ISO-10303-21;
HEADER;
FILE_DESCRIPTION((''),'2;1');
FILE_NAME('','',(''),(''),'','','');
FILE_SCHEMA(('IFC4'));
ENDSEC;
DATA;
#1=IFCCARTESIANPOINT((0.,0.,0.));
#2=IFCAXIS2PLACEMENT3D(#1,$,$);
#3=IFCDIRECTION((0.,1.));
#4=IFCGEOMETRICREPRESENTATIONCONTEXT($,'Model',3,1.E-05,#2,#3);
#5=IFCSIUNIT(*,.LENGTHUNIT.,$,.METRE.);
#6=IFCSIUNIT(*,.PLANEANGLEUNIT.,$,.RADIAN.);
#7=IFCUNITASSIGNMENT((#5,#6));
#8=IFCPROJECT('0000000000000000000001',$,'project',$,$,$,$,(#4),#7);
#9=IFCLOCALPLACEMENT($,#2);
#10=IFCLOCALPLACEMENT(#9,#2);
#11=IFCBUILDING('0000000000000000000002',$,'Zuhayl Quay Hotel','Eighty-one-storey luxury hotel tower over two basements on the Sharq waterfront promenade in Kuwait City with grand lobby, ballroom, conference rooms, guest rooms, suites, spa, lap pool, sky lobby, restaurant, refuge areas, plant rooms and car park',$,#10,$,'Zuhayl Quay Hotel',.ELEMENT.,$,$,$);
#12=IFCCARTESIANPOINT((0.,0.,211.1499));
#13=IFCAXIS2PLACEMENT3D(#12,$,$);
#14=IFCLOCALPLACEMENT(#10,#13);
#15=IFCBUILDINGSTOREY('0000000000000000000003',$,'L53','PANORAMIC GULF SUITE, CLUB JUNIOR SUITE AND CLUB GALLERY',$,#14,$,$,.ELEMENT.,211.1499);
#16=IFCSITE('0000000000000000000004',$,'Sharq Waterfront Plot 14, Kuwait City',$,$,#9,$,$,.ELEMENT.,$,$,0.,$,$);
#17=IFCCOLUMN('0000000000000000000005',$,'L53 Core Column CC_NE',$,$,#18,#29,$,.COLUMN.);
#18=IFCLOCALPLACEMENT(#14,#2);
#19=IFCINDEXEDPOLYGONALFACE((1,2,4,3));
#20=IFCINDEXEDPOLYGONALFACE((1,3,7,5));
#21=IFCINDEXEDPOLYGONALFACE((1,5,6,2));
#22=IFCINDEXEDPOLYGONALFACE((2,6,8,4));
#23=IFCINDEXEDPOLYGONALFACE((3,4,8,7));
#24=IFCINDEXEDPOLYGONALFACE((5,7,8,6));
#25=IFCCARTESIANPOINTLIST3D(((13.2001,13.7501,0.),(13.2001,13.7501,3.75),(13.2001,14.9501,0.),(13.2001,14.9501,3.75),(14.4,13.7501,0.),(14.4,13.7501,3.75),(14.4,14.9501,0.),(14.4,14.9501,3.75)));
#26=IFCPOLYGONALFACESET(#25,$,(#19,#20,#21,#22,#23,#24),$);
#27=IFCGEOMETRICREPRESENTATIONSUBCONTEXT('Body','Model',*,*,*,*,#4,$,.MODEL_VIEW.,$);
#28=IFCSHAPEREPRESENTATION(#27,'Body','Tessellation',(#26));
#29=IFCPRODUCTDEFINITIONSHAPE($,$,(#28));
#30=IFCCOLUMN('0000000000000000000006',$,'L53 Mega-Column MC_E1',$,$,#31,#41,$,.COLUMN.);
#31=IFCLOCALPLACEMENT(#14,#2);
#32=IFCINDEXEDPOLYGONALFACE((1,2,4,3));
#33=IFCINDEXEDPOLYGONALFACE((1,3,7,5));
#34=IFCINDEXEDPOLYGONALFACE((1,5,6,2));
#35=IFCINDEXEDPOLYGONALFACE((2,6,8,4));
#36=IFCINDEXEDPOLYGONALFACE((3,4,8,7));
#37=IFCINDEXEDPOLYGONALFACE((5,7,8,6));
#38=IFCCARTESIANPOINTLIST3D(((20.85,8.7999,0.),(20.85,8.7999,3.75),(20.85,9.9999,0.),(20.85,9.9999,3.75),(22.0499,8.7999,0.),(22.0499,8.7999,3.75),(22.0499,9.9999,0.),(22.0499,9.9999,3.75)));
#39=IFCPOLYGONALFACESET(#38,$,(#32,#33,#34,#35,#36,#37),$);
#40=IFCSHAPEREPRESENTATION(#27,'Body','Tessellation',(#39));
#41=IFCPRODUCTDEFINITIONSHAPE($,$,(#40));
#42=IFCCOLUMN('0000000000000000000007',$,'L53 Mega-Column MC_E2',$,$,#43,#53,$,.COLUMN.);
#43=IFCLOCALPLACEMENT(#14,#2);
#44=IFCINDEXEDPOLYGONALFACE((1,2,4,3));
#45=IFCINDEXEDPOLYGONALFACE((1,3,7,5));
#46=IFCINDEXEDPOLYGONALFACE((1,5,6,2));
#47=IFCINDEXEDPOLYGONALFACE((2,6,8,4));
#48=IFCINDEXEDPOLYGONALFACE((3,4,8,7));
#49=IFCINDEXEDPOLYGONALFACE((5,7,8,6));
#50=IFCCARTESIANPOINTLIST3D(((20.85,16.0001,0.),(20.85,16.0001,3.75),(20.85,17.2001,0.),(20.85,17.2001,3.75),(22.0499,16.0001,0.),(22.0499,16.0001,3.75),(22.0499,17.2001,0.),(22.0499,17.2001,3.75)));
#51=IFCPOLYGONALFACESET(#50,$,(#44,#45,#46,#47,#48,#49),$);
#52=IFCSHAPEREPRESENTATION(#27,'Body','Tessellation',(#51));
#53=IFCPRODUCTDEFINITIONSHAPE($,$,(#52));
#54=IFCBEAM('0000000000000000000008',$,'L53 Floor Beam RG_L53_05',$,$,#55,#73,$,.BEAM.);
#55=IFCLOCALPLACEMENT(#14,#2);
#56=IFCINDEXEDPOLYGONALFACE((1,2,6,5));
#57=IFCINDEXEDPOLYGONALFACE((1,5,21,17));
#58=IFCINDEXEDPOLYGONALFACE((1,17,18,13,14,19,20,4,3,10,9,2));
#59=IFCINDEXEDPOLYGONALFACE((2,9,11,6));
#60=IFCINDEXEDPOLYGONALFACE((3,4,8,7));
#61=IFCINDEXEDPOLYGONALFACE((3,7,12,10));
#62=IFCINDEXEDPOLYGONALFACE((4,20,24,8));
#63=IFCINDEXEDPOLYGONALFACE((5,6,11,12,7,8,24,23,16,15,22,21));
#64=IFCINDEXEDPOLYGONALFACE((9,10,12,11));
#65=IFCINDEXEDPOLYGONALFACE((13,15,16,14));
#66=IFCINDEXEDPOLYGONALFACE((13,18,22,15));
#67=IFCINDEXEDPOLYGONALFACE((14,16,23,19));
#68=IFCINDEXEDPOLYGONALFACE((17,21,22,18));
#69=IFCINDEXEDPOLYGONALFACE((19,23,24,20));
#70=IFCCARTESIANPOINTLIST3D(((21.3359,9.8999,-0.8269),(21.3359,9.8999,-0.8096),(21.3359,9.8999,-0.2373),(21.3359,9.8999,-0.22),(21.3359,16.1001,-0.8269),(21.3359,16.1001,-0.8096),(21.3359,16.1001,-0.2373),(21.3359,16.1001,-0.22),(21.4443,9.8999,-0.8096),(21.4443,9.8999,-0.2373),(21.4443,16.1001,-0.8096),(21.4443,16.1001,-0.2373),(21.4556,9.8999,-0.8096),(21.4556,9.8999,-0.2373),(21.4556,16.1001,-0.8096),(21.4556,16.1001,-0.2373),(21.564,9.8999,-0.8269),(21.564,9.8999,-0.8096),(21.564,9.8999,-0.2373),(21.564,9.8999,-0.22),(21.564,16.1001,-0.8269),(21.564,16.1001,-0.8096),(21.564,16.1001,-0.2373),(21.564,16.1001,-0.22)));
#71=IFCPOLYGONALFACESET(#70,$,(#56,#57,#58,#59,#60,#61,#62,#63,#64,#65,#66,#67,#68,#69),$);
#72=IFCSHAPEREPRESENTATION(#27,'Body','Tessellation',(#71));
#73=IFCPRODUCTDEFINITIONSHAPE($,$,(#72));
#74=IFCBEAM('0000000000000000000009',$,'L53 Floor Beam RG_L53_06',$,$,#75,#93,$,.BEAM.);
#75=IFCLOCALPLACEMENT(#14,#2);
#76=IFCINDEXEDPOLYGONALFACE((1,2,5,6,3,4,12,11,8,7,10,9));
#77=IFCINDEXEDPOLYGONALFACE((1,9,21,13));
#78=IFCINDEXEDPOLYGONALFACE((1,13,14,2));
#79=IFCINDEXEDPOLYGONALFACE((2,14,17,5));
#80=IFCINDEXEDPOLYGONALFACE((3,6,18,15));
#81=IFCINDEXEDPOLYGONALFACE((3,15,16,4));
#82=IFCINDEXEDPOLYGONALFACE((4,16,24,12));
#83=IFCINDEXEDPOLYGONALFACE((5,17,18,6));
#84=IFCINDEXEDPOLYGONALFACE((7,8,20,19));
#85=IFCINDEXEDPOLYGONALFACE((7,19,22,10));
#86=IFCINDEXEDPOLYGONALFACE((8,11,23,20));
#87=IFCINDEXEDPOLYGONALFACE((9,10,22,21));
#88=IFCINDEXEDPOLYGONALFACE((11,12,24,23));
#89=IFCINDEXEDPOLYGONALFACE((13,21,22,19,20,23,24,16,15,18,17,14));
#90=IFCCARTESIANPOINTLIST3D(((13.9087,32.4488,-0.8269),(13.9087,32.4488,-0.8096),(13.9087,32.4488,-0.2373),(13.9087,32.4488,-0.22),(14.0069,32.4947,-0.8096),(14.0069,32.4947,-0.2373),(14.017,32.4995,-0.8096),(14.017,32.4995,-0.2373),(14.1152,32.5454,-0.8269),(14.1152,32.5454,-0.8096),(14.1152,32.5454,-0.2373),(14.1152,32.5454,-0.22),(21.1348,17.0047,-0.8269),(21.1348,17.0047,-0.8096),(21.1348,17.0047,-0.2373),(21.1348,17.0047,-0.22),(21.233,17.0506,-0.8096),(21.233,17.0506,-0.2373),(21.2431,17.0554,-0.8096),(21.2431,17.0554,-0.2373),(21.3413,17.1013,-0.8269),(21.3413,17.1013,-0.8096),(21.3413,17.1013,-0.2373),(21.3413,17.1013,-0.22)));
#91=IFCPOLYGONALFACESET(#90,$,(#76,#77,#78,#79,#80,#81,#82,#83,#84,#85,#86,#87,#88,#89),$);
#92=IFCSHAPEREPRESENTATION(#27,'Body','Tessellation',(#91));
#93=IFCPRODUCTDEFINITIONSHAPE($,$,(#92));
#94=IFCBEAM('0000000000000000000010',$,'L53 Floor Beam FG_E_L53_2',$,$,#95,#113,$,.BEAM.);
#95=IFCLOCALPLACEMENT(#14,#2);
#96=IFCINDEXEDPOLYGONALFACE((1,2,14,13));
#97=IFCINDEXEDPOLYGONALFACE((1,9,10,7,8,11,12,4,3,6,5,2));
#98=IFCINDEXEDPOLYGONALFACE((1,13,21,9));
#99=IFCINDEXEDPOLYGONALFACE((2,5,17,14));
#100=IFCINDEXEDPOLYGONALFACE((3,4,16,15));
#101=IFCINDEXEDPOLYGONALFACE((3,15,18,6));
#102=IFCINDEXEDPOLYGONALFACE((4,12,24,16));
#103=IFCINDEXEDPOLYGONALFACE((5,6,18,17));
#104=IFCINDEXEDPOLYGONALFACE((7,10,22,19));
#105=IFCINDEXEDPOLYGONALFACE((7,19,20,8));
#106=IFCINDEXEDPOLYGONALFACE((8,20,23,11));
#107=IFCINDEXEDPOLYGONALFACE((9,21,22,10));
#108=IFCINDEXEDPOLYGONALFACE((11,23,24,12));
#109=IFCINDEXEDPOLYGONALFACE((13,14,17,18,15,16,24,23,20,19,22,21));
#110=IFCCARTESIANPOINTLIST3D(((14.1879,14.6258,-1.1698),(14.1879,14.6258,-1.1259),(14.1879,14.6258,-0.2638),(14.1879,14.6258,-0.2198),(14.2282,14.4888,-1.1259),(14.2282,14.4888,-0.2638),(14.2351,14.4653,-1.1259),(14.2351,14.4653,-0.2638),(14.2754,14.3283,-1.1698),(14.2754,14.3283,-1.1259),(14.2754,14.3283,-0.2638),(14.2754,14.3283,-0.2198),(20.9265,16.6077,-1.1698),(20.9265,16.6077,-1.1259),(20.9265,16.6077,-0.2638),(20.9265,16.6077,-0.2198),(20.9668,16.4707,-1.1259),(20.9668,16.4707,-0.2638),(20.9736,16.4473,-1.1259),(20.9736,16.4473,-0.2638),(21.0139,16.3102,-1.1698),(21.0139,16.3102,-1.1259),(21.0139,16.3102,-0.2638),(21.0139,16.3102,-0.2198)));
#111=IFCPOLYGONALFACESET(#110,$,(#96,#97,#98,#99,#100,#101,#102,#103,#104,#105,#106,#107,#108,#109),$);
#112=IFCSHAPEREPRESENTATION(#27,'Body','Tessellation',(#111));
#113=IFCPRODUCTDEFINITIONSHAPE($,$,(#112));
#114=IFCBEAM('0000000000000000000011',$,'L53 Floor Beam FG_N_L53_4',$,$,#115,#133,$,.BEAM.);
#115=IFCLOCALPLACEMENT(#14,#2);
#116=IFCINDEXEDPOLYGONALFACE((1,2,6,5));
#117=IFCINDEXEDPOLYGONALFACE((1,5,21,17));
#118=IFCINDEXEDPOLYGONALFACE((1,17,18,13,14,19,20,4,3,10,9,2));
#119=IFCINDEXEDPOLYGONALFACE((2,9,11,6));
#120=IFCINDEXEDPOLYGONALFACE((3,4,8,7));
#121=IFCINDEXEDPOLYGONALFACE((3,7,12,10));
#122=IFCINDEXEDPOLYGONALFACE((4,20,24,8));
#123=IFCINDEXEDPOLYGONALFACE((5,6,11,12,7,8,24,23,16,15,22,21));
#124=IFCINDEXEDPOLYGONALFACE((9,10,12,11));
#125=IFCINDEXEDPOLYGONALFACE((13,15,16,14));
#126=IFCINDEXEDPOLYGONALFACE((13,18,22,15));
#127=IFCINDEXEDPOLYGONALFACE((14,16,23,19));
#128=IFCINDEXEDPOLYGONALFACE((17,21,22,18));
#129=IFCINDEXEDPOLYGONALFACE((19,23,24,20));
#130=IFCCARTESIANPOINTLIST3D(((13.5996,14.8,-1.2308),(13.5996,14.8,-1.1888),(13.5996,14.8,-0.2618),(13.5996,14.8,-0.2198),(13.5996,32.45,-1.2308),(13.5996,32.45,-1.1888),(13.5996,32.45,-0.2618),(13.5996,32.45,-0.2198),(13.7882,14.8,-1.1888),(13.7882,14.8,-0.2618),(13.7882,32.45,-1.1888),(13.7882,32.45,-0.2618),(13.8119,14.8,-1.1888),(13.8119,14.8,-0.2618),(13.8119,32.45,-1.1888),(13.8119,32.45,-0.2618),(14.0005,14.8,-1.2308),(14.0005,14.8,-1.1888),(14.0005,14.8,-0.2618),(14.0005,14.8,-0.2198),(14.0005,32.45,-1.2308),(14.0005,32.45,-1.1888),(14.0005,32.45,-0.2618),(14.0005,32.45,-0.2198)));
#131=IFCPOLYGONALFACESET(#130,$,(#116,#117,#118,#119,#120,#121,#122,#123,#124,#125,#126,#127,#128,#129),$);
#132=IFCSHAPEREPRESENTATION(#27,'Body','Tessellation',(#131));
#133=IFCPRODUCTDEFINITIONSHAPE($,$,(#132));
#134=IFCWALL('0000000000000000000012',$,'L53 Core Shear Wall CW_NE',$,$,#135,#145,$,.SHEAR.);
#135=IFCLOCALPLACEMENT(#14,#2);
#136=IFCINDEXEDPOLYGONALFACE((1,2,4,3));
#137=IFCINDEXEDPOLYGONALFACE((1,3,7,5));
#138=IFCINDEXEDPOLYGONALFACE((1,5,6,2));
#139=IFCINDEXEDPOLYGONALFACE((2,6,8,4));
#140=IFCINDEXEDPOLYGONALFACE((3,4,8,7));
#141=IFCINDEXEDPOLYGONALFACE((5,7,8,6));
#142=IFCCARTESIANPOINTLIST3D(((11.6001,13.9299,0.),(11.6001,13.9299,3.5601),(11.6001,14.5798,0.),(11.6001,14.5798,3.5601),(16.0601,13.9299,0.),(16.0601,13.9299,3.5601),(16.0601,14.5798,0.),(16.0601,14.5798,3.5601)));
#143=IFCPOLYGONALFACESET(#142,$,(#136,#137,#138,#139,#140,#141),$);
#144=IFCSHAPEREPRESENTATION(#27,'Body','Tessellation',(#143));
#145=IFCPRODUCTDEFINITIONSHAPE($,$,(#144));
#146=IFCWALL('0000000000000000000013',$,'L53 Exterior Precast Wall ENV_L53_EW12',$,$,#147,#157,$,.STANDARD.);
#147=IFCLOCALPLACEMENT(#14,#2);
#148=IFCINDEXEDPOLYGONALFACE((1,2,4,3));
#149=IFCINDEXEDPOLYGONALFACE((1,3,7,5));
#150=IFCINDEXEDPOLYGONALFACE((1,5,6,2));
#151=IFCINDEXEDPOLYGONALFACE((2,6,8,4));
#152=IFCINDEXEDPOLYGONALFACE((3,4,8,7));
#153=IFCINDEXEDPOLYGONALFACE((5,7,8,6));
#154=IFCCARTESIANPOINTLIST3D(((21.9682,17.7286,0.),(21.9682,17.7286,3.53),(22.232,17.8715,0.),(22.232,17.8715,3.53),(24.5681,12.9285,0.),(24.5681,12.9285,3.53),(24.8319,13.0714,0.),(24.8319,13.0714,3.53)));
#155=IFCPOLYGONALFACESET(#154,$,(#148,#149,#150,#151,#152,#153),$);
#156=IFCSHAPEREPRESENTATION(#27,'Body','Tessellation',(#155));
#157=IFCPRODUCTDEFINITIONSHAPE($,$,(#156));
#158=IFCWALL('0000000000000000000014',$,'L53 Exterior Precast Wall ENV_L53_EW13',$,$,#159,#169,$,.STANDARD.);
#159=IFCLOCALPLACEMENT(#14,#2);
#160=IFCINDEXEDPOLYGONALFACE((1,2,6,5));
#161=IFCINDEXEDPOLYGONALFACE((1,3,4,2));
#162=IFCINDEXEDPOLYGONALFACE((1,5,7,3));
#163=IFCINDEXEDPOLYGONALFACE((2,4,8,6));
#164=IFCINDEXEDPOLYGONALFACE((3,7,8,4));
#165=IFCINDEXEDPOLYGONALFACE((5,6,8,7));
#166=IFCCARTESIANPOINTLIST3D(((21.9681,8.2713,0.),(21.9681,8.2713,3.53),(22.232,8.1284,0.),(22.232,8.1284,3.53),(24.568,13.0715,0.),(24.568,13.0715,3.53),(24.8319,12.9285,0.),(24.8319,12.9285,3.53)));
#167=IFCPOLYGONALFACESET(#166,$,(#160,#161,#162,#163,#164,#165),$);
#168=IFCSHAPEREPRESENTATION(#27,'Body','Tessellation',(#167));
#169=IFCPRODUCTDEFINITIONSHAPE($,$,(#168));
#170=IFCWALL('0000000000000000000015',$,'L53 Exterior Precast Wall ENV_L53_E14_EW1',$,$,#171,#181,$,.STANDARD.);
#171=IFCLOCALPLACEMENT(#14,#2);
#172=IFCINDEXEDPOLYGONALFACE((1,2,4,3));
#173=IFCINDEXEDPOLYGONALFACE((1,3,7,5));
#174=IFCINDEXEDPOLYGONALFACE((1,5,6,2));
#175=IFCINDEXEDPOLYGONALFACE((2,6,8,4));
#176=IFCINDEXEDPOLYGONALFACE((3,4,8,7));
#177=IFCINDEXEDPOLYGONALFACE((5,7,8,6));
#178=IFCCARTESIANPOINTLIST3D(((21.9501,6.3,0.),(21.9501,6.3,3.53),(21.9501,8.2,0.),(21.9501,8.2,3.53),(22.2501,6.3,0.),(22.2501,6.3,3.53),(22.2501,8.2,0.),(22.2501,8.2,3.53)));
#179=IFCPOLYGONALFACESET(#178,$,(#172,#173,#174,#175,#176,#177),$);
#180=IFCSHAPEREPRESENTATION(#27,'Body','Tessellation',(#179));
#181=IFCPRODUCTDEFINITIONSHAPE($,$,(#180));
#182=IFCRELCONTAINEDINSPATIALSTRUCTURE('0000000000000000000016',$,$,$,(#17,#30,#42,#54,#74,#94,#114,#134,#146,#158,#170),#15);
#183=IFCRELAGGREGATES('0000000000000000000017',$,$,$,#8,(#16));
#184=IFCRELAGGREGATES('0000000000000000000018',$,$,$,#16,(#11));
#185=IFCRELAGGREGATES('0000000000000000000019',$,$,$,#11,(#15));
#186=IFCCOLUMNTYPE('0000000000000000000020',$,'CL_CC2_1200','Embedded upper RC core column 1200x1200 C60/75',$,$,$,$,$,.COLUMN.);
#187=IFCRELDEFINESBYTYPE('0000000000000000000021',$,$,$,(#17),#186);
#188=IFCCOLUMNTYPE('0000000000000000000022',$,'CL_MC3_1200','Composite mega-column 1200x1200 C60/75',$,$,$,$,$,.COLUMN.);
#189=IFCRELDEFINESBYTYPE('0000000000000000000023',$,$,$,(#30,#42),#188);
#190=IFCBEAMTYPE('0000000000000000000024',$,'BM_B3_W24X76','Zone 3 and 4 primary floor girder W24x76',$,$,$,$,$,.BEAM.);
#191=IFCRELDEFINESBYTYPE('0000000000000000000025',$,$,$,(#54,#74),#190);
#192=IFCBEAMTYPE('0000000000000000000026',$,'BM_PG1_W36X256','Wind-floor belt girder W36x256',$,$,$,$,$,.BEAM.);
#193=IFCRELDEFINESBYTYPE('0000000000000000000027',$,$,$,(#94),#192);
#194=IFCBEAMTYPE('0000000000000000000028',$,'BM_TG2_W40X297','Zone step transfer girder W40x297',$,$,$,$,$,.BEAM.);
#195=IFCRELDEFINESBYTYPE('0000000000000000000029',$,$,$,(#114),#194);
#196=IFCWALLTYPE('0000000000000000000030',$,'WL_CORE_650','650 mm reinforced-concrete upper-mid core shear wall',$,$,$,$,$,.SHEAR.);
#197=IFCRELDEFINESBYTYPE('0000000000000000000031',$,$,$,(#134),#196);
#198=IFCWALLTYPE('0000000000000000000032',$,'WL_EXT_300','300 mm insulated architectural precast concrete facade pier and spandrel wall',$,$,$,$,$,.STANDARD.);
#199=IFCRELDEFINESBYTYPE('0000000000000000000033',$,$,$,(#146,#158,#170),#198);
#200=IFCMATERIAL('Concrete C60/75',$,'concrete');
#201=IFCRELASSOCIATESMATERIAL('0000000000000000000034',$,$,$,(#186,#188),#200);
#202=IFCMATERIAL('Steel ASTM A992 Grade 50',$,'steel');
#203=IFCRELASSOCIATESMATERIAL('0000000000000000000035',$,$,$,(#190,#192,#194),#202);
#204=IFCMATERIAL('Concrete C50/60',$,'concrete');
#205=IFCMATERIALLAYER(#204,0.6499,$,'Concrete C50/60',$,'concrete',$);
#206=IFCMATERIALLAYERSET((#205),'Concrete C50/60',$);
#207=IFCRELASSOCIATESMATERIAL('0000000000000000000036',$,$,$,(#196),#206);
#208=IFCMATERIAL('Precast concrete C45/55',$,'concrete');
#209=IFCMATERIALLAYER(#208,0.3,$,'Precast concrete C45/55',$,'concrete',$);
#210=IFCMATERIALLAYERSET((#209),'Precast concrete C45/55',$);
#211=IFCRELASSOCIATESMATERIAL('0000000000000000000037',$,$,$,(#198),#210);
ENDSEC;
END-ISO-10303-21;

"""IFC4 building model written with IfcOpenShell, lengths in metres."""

from ifc_helpers import new_model, si_unit, direction, frame, frame_2d, origin, origin_2d, place, context, subcontext, project, spatial, rectangle, i_section, extrude, material, layer, layer_set, material_profile, profile_set, type_object, element, save


model = new_model("IFC4")

# Units and contexts
model_context = context("Model", 3, precision=1e-05, world=origin(), true_north=direction((0.0, 1.0)))
body_context = subcontext(model_context, "Body", "Model", "MODEL_VIEW")
ifc_project = project(units=[si_unit("LENGTHUNIT", "METRE"), si_unit("PLANEANGLEUNIT", "RADIAN")], contexts=[model_context])

# Site, building, storey
site_placement = place(None, origin())
site = spatial("IfcSite", under=ifc_project, at=site_placement, Name="Sharq Waterfront Plot 14, Kuwait City", CompositionType="ELEMENT", RefElevation=0.0)
building_placement = place(site_placement, origin())
building = spatial("IfcBuilding", under=site, at=building_placement, Name="Zuhayl Quay Hotel", Description="Eighty-one-storey luxury hotel tower over two basements on the Sharq waterfront promenade in Kuwait City with grand lobby, ballroom, conference rooms, guest rooms, suites, spa, lap pool, sky lobby, restaurant, refuge areas, plant rooms and car park", LongName="Zuhayl Quay Hotel", CompositionType="ELEMENT")
storey_placement = place(building_placement, frame((0.0, 0.0, 211.1499)))
storey = spatial("IfcBuildingStorey", under=building, at=storey_placement, Name="L53", Description="PANORAMIC GULF SUITE, CLUB JUNIOR SUITE AND CLUB GALLERY", CompositionType="ELEMENT", Elevation=211.1499)

# Columns
ifc_material_1 = material(Name="Concrete C60/75", Category="concrete")
ifc_material_profile_1 = material_profile(ifc_material_1, rectangle(XDim=1.2, YDim=1.2, at=origin_2d()), Name="RC1200X1200")
ifc_profile_set_1 = profile_set([ifc_material_profile_1], Name="Concrete C60/75")
column_type_1 = type_object("IfcColumnType", Name="CL_CC2_1200", Description="Embedded upper RC core column 1200x1200 C60/75", PredefinedType="COLUMN", material=ifc_profile_set_1)
column_placement = place(storey_placement, frame((13.8, 14.3501, 0.0), z_axis=(0.0, 0.0, 1.0), x_axis=(1.0, 0.0, 0.0)))
element("IfcColumn", 1, at=column_placement, inside=storey, type_object=column_type_1, Name="L53 Core Column CC_NE", PredefinedType="COLUMN", context=body_context, shape_type="SweptSolid", body=[
    extrude(rectangle(XDim=1.2, YDim=1.2, at=origin_2d()), origin(), (0.0, 0.0, 1.0), 3.75),
])
ifc_material_profile_2 = material_profile(ifc_material_1, rectangle(XDim=1.2, YDim=1.2, at=origin_2d()), Name="RC1200X1200")
ifc_profile_set_2 = profile_set([ifc_material_profile_2], Name="Concrete C60/75")
column_type_2 = type_object("IfcColumnType", Name="CL_MC3_1200", Description="Composite mega-column 1200x1200 C60/75", PredefinedType="COLUMN", material=ifc_profile_set_2)
for number, where, z_axis, x_axis, name in (
    (2, (21.45, 9.3999, 0.0), (0.0, 0.0, 1.0), (1.0, 0.0, 0.0), "L53 Mega-Column MC_E1"),
    (3, (21.45, 16.6001, 0.0), (0.0, 0.0, 1.0), (1.0, 0.0, 0.0), "L53 Mega-Column MC_E2"),
):
    element("IfcColumn", number, at=place(storey_placement, frame(where, z_axis=z_axis, x_axis=x_axis)), inside=storey, type_object=column_type_2, Name=name, PredefinedType="COLUMN", context=body_context, shape_type="SweptSolid", body=[
        extrude(rectangle(XDim=1.2, YDim=1.2, at=origin_2d()), origin(), (0.0, 0.0, 1.0), 3.75),
    ])

# Beams
ifc_material_2 = material(Name="Steel ASTM A992 Grade 50", Category="steel")
ifc_material_profile_3 = material_profile(ifc_material_2, i_section(OverallWidth=0.228, OverallDepth=0.6069, WebThickness=0.0112, FlangeThickness=0.0173, at=origin_2d()), Name="W24X76")
ifc_profile_set_3 = profile_set([ifc_material_profile_3], Name="Steel ASTM A992 Grade 50")
beam_type_1 = type_object("IfcBeamType", Name="BM_B3_W24X76", Description="Zone 3 and 4 primary floor girder W24x76", PredefinedType="BEAM", material=ifc_profile_set_3)
beam_1_placement = place(storey_placement, frame((21.45, 9.8999, -0.5234), z_axis=(0.0, 1.0, 0.0), x_axis=(-1.0, 0.0, 0.0)))
element("IfcBeam", 4, at=beam_1_placement, inside=storey, type_object=beam_type_1, Name="L53 Floor Beam RG_L53_05", PredefinedType="BEAM", context=body_context, shape_type="SweptSolid", body=[
    extrude(i_section(OverallWidth=0.228, OverallDepth=0.6069, WebThickness=0.0112, FlangeThickness=0.0173, at=origin_2d()), origin(), (0.0, 0.0, 1.0), 6.2002),
])
beam_2_placement = place(storey_placement, frame((21.238, 17.053, -0.5234), z_axis=(-0.423792, 0.905759, 0.0), x_axis=(-0.905759, -0.423792, 0.0)))
element("IfcBeam", 5, at=beam_2_placement, inside=storey, type_object=beam_type_1, Name="L53 Floor Beam RG_L53_06", PredefinedType="BEAM", context=body_context, shape_type="SweptSolid", body=[
    extrude(i_section(OverallWidth=0.228, OverallDepth=0.6069, WebThickness=0.0112, FlangeThickness=0.0173, at=origin_2d()), origin(), (0.0, 0.0, 1.0), 17.051),
])
ifc_material_profile_4 = material_profile(ifc_material_2, i_section(OverallWidth=0.3101, OverallDepth=0.95, WebThickness=0.0244, FlangeThickness=0.0439, at=origin_2d()), Name="W36X256")
ifc_profile_set_4 = profile_set([ifc_material_profile_4], Name="Steel ASTM A992 Grade 50")
beam_type_2 = type_object("IfcBeamType", Name="BM_PG1_W36X256", Description="Wind-floor belt girder W36x256", PredefinedType="BEAM", material=ifc_profile_set_4)
beam_3_placement = place(storey_placement, frame((14.2317, 14.4771, -0.6948), z_axis=(0.959365, 0.282168, 0.0), x_axis=(-0.282168, 0.959365, 0.0)))
element("IfcBeam", 6, at=beam_3_placement, inside=storey, type_object=beam_type_2, Name="L53 Floor Beam FG_E_L53_2", PredefinedType="BEAM", context=body_context, shape_type="SweptSolid", body=[
    extrude(i_section(OverallWidth=0.3101, OverallDepth=0.95, WebThickness=0.0244, FlangeThickness=0.0439, at=origin_2d()), origin(), (0.0, 0.0, 1.0), 7.0239),
])
ifc_material_profile_5 = material_profile(ifc_material_2, i_section(OverallWidth=0.4009, OverallDepth=1.011, WebThickness=0.0237, FlangeThickness=0.042, at=origin_2d()), Name="W40X297")
ifc_profile_set_5 = profile_set([ifc_material_profile_5], Name="Steel ASTM A992 Grade 50")
beam_type_3 = type_object("IfcBeamType", Name="BM_TG2_W40X297", Description="Zone step transfer girder W40x297", PredefinedType="BEAM", material=ifc_profile_set_5)
beam_4_placement = place(storey_placement, frame((13.8, 14.8, -0.7253), z_axis=(0.0, 1.0, 0.0), x_axis=(-1.0, 0.0, 0.0)))
element("IfcBeam", 7, at=beam_4_placement, inside=storey, type_object=beam_type_3, Name="L53 Floor Beam FG_N_L53_4", PredefinedType="BEAM", context=body_context, shape_type="SweptSolid", body=[
    extrude(i_section(OverallWidth=0.4009, OverallDepth=1.011, WebThickness=0.0237, FlangeThickness=0.042, at=origin_2d()), origin(), (0.0, 0.0, 1.0), 17.6499),
])

# Walls
ifc_material_3 = material(Name="Concrete C50/60", Category="concrete")
ifc_layer_1 = layer(ifc_material_3, 0.6499, Name="Concrete C50/60", Category="concrete")
ifc_layer_set_1 = layer_set([ifc_layer_1], Name="Concrete C50/60")
wall_type_1 = type_object("IfcWallType", Name="WL_CORE_650", Description="650 mm reinforced-concrete upper-mid core shear wall", PredefinedType="SHEAR", material=ifc_layer_set_1)
wall_1_placement = place(storey_placement, frame((11.6001, 14.2549, 0.0), z_axis=(0.0, 0.0, 1.0), x_axis=(1.0, 0.0, 0.0)))
element("IfcWall", 8, at=wall_1_placement, inside=storey, type_object=wall_type_1, Name="L53 Core Shear Wall CW_NE", PredefinedType="SHEAR", context=body_context, shape_type="SweptSolid", body=[
    extrude(rectangle(XDim=4.46, YDim=0.6499, at=frame_2d((2.23, 0.0))), origin(), (0.0, 0.0, 1.0), 3.5601),
])
ifc_material_4 = material(Name="Precast concrete C45/55", Category="concrete")
ifc_layer_2 = layer(ifc_material_4, 0.3, Name="Precast concrete C45/55", Category="concrete")
ifc_layer_set_2 = layer_set([ifc_layer_2], Name="Precast concrete C45/55")
wall_type_2 = type_object("IfcWallType", Name="WL_EXT_300", Description="300 mm insulated architectural precast concrete facade pier and spandrel wall", PredefinedType="STANDARD", material=ifc_layer_set_2)
for number, where, z_axis, x_axis, name in (
    (9, (22.1001, 17.8, 0.0), (0.0, 0.0, 1.0), (0.476259, -0.879305, 0.0), "L53 Exterior Precast Wall ENV_L53_EW12"),
    (10, (24.7, 13.0, 0.0), (0.0, 0.0, 1.0), (-0.476259, -0.879305, 0.0), "L53 Exterior Precast Wall ENV_L53_EW13"),
):
    element("IfcWall", number, at=place(storey_placement, frame(where, z_axis=z_axis, x_axis=x_axis)), inside=storey, type_object=wall_type_2, Name=name, PredefinedType="STANDARD", context=body_context, shape_type="SweptSolid", body=[
        extrude(rectangle(XDim=5.459, YDim=0.3, at=frame_2d((2.7295, 0.0))), origin(), (0.0, 0.0, 1.0), 3.53),
    ])
wall_2_placement = place(storey_placement, frame((22.1001, 8.2, 0.0), z_axis=(0.0, 0.0, 1.0), x_axis=(0.0, -1.0, 0.0)))
element("IfcWall", 11, at=wall_2_placement, inside=storey, type_object=wall_type_2, Name="L53 Exterior Precast Wall ENV_L53_E14_EW1", PredefinedType="STANDARD", context=body_context, shape_type="SweptSolid", body=[
    extrude(rectangle(XDim=1.8999, YDim=0.3, at=frame_2d((0.95, 0.0))), origin(), (0.0, 0.0, 1.0), 3.53),
])

save(model, "model.ifc")
